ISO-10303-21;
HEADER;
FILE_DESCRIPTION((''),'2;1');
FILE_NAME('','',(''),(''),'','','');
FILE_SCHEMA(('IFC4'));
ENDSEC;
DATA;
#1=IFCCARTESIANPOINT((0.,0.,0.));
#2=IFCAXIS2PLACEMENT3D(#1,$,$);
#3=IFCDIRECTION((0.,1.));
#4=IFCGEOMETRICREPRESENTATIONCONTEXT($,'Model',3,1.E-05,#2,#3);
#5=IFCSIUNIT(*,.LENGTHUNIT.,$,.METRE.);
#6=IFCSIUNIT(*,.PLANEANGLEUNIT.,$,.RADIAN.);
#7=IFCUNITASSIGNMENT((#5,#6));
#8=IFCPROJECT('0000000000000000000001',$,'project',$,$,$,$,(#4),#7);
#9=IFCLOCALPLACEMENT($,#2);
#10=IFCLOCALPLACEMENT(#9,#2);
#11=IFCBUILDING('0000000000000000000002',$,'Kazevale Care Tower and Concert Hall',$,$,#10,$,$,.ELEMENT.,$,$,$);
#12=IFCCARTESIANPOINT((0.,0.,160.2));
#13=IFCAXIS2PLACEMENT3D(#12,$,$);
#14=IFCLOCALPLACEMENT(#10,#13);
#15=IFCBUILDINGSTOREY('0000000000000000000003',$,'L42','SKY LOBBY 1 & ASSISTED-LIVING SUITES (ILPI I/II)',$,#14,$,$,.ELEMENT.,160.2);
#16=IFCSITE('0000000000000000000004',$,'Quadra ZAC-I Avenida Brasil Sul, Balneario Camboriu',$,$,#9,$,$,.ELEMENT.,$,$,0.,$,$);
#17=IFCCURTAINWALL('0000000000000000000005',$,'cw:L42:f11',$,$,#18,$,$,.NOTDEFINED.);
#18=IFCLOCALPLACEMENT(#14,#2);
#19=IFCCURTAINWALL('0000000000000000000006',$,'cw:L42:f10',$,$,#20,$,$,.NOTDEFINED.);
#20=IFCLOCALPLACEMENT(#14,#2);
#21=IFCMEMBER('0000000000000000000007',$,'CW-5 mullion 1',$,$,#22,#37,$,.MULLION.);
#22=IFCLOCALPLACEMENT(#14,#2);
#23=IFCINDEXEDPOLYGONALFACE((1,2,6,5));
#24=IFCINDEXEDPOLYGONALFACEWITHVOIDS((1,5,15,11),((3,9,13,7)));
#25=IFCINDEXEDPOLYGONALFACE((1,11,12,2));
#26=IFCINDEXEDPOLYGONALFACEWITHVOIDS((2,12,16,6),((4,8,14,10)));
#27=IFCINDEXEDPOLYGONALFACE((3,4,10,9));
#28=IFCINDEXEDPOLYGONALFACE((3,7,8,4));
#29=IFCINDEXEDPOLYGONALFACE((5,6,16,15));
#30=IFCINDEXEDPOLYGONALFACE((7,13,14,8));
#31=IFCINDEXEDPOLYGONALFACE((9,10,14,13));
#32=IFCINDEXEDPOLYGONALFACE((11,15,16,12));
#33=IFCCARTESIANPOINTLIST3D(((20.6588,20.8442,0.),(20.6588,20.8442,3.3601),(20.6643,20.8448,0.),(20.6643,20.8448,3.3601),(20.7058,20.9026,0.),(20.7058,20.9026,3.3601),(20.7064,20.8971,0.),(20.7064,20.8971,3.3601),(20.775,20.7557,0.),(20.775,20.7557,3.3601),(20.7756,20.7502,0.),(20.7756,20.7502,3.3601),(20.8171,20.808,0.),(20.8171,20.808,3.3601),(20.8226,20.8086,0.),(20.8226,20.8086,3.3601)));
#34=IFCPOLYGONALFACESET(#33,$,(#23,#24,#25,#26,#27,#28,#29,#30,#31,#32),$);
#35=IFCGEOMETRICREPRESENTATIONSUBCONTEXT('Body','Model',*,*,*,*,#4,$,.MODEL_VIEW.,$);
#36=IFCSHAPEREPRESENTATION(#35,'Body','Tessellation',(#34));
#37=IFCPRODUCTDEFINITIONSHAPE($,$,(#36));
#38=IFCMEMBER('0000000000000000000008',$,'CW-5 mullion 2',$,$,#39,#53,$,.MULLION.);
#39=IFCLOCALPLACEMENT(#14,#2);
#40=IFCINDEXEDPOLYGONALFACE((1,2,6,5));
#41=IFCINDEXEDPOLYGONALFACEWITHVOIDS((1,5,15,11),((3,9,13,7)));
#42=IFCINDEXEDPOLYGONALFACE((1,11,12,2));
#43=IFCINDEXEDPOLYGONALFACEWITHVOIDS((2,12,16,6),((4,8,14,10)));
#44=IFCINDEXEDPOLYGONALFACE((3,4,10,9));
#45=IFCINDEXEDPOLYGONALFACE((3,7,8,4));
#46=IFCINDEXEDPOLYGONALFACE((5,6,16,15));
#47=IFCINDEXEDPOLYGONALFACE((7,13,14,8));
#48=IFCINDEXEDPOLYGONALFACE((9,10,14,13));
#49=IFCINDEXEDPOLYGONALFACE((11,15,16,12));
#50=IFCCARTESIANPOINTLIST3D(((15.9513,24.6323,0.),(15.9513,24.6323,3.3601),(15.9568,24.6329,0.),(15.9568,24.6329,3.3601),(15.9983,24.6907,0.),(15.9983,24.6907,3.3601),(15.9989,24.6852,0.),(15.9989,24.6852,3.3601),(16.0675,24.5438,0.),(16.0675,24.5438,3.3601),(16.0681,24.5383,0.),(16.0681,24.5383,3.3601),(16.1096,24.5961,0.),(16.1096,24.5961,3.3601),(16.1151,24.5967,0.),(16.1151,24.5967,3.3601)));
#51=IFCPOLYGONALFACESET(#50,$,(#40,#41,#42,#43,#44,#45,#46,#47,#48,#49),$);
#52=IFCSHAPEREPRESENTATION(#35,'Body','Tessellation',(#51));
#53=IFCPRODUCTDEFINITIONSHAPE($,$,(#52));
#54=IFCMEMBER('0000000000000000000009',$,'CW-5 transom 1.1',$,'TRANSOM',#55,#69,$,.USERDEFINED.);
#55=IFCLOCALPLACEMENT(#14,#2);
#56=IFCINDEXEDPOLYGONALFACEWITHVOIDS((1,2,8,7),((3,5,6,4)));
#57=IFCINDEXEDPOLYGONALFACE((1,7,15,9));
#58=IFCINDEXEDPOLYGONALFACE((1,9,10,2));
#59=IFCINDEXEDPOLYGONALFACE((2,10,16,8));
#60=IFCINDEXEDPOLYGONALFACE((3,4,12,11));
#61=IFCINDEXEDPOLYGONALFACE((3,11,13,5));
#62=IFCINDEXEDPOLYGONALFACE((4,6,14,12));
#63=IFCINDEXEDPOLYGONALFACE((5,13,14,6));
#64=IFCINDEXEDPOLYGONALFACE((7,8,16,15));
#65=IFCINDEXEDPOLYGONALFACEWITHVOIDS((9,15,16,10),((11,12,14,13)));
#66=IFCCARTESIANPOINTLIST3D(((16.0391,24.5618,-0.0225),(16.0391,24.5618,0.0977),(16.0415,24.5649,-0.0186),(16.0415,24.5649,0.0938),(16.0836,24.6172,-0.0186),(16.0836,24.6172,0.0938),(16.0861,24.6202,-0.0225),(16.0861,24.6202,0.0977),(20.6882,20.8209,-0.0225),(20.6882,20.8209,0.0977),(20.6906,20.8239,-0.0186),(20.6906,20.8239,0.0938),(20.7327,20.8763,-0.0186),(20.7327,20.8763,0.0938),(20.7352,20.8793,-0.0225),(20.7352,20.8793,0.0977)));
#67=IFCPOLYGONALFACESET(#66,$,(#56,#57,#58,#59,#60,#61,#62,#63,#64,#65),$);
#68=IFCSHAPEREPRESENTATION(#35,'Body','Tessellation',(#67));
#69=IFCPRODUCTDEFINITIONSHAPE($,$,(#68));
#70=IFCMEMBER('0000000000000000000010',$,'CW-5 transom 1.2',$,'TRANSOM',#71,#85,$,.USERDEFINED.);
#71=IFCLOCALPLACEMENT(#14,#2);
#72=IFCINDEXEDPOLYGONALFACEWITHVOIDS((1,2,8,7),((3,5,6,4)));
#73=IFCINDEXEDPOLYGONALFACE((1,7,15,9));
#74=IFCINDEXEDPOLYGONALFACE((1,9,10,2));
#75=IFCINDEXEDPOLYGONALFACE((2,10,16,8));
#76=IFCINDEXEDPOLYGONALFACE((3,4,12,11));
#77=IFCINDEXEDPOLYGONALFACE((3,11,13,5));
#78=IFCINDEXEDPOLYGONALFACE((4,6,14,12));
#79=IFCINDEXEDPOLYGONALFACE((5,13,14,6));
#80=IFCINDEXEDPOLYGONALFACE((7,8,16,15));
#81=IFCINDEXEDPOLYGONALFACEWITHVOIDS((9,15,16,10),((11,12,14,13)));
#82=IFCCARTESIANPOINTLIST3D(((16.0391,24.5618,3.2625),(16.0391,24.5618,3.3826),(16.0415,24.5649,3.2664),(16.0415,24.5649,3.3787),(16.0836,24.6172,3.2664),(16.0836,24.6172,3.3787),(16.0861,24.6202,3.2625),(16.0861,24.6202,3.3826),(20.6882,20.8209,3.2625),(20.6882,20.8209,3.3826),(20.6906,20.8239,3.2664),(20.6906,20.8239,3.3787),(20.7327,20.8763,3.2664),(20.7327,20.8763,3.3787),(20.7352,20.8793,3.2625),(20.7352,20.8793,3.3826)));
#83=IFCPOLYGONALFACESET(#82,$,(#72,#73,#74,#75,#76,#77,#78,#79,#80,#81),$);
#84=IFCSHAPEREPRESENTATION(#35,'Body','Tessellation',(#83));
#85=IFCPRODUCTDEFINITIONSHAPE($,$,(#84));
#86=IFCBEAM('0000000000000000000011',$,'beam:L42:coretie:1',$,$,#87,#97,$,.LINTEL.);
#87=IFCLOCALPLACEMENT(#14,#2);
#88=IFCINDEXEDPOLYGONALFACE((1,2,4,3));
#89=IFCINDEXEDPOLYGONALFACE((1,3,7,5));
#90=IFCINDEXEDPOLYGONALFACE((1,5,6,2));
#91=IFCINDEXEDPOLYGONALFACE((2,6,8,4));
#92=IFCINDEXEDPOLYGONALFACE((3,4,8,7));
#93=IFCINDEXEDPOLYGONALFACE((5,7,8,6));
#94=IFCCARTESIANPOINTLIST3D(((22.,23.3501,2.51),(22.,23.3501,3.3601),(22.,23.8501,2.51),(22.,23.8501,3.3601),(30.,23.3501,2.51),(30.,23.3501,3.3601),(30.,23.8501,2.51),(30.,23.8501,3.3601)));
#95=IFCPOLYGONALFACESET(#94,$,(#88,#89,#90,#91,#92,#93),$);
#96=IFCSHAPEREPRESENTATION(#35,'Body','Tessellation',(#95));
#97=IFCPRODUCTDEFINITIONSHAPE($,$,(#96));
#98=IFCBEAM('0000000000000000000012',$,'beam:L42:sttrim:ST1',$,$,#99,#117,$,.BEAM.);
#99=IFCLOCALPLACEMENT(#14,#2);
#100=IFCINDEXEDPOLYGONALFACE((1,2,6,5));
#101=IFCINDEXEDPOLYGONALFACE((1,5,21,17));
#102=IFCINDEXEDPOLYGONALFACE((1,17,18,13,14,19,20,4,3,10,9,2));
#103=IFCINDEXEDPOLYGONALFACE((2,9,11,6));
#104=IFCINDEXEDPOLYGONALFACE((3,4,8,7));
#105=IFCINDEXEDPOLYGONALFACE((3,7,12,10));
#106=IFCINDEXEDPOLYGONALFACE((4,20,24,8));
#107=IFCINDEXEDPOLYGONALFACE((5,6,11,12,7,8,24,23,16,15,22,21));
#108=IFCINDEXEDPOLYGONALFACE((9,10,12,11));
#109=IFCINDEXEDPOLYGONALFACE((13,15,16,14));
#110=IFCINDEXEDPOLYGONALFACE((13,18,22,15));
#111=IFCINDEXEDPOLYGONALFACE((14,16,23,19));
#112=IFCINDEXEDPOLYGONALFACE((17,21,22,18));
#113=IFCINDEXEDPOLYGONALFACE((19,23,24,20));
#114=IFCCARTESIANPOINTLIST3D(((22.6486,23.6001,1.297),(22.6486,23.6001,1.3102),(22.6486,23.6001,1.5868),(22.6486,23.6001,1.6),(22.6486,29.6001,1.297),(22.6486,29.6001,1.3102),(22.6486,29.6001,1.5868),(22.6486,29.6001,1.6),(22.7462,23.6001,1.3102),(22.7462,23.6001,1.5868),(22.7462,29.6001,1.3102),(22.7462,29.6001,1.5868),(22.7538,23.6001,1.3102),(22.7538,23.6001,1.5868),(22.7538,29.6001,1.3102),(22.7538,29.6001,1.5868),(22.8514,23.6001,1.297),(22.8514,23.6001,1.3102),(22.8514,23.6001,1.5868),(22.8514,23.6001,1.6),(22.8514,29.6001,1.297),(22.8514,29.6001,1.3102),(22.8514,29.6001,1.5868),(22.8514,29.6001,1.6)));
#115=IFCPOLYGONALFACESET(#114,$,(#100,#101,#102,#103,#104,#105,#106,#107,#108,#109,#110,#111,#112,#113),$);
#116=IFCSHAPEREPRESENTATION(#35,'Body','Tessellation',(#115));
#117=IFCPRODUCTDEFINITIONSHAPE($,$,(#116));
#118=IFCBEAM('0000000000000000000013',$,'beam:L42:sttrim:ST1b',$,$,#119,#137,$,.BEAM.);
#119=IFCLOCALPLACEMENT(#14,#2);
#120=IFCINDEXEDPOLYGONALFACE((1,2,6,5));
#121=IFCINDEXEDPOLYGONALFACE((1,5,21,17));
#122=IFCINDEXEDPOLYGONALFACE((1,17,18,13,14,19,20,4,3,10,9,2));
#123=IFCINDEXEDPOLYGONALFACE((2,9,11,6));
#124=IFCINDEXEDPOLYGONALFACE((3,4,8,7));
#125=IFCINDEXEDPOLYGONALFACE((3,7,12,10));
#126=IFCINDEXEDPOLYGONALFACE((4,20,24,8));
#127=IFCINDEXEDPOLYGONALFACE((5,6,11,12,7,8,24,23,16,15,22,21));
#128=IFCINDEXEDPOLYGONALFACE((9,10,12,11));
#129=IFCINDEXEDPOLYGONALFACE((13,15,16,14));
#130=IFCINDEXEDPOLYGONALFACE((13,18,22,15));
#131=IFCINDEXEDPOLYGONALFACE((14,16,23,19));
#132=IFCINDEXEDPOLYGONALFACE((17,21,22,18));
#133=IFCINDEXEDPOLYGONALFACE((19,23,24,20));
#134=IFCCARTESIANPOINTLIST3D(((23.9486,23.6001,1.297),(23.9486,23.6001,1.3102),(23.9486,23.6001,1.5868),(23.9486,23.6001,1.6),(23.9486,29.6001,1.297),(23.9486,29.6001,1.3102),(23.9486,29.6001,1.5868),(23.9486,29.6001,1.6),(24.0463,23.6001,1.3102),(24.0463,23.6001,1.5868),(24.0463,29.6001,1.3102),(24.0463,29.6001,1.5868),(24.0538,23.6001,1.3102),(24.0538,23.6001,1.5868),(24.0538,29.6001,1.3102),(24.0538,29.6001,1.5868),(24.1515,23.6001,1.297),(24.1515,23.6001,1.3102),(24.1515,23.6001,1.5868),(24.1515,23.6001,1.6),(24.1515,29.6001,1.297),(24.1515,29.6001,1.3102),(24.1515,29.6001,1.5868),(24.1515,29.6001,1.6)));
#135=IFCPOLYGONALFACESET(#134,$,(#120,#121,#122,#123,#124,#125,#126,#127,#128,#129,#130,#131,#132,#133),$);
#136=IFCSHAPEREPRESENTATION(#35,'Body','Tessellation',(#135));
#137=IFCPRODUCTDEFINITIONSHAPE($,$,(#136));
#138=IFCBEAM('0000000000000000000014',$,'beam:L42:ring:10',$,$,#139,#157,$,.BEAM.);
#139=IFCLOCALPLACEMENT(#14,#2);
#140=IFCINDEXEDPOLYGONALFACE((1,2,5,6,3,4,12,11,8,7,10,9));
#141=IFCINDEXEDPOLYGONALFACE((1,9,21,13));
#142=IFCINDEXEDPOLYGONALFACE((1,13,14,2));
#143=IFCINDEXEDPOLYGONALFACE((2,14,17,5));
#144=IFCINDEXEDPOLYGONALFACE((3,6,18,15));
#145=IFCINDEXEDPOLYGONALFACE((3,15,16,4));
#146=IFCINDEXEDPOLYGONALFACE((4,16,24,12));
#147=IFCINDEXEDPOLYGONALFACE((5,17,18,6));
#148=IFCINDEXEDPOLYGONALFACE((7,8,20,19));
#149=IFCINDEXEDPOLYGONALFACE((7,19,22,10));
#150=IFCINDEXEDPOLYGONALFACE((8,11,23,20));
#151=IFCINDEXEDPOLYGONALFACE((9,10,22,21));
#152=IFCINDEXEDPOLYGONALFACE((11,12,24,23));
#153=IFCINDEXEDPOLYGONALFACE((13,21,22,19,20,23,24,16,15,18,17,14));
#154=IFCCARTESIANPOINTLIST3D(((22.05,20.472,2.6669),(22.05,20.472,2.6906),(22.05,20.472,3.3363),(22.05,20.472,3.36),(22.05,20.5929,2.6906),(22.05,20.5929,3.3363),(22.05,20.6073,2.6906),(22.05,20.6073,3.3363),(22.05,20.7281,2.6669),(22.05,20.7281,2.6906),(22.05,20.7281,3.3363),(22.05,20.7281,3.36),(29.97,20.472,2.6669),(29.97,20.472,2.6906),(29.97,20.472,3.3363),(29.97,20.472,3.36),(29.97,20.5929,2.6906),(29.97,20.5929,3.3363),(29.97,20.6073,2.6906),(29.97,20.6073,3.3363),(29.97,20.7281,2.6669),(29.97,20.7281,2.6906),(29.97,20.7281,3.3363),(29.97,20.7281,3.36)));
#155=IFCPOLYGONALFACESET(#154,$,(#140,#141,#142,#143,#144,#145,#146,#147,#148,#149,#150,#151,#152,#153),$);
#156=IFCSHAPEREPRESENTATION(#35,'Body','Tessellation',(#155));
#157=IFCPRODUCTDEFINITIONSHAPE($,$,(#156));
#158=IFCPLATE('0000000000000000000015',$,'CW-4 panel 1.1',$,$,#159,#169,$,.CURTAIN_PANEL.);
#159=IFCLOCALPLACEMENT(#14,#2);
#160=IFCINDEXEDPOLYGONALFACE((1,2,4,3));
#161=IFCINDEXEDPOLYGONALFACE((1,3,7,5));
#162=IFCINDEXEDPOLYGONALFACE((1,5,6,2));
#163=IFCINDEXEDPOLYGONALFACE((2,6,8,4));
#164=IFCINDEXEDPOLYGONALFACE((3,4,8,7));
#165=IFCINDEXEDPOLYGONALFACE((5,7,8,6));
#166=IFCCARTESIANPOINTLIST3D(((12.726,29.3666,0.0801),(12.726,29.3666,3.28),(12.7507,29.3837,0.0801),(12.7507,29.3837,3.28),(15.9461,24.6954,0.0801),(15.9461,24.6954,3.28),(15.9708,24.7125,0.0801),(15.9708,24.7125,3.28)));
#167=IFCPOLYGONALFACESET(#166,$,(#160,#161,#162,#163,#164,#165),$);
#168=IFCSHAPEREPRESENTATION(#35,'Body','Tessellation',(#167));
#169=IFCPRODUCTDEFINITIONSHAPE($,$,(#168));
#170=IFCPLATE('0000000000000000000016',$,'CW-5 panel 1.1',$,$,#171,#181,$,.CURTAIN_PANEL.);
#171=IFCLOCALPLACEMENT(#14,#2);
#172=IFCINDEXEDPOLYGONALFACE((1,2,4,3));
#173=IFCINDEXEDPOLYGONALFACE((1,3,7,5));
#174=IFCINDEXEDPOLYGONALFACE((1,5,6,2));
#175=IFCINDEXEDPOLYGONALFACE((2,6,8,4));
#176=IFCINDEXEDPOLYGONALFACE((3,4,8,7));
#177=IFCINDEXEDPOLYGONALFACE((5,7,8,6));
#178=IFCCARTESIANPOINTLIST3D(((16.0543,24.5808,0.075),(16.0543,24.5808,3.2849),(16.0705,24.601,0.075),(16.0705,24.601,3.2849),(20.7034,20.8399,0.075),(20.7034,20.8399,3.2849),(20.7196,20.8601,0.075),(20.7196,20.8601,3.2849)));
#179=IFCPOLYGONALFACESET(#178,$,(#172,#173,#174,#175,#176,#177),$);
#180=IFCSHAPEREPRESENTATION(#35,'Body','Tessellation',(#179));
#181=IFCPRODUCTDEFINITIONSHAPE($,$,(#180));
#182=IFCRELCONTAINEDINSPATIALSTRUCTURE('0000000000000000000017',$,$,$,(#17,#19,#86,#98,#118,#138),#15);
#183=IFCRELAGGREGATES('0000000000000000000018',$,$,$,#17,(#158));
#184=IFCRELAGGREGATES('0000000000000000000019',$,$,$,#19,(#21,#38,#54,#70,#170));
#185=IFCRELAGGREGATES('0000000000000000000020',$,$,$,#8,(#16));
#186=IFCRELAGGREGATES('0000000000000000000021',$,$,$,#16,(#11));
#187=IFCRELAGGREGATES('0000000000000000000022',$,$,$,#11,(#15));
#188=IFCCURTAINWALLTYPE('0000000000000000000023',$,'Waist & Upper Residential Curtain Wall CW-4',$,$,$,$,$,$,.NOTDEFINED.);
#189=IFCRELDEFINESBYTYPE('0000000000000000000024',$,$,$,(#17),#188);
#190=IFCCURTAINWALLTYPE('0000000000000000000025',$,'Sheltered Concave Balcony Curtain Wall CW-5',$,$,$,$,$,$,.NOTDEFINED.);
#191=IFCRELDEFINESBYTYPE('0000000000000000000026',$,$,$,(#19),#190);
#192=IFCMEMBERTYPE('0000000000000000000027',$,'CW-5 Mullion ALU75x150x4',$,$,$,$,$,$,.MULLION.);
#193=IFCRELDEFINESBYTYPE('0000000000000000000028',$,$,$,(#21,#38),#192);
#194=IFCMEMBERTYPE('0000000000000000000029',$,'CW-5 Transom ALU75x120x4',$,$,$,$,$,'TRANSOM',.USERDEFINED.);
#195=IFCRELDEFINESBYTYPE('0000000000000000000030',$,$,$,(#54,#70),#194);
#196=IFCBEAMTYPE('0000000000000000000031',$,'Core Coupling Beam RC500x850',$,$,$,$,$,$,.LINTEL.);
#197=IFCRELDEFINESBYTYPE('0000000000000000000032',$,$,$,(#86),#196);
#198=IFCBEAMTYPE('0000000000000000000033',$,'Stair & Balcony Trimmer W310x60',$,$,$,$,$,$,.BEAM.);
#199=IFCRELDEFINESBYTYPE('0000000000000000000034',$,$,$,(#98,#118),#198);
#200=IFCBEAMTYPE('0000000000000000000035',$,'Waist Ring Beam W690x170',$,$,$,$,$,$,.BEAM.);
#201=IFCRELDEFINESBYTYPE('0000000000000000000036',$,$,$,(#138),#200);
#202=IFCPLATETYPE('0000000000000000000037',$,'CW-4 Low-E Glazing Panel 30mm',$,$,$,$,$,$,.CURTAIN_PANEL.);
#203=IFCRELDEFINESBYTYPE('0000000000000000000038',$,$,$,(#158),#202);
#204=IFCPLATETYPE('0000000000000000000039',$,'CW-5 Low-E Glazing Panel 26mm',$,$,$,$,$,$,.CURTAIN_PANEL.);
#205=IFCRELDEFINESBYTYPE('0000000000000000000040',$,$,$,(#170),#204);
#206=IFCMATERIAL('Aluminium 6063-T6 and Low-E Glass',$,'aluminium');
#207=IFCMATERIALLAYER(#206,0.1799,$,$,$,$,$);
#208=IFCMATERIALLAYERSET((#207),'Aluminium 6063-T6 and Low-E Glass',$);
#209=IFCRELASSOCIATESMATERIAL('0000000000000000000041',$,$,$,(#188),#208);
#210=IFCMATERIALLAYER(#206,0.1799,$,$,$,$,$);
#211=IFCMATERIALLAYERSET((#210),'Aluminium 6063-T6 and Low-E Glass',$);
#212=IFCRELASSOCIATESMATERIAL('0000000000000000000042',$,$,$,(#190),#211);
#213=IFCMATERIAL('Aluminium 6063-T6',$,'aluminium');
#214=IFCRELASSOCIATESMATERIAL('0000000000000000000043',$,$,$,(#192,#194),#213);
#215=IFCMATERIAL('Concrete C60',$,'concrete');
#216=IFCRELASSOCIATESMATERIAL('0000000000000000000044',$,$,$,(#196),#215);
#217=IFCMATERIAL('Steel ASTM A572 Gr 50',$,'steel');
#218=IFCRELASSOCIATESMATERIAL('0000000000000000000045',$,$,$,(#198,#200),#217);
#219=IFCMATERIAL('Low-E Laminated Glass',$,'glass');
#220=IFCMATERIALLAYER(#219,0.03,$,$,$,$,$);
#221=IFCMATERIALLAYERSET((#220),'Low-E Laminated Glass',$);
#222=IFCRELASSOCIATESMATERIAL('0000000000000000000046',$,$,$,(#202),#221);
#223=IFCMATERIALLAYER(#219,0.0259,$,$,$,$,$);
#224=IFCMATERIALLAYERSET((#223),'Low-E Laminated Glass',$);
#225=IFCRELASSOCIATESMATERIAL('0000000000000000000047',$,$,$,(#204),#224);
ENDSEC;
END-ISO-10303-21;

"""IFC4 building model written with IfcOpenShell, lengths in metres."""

from ifc_helpers import new_model, si_unit, direction, frame, origin, origin_2d, place, context, subcontext, project, spatial, rectangle, hollow_rectangle, i_section, extrude, material, layer, layer_set, material_profile, profile_set, type_object, element, aggregate, save


model = new_model("IFC4")

# Units and contexts
model_context = context("Model", 3, precision=1e-05, world=origin(), true_north=direction((0.0, 1.0)))
body_context = subcontext(model_context, "Body", "Model", "MODEL_VIEW")
ifc_project = project(units=[si_unit("LENGTHUNIT", "METRE"), si_unit("PLANEANGLEUNIT", "RADIAN")], contexts=[model_context])

# Site, building, storey
site_placement = place(None, origin())
site = spatial("IfcSite", under=ifc_project, at=site_placement, Name="Quadra ZAC-I Avenida Brasil Sul, Balneario Camboriu", CompositionType="ELEMENT", RefElevation=0.0)
building_placement = place(site_placement, origin())
building = spatial("IfcBuilding", under=site, at=building_placement, Name="Kazevale Care Tower and Concert Hall", CompositionType="ELEMENT")
storey_placement = place(building_placement, frame((0.0, 0.0, 160.2)))
storey = spatial("IfcBuildingStorey", under=building, at=storey_placement, Name="L42", Description="SKY LOBBY 1 & ASSISTED-LIVING SUITES (ILPI I/II)", CompositionType="ELEMENT", Elevation=160.2)

# Shared definitions
ifc_material_1 = material(Name="Concrete C60", Category="concrete")

# Curtain wall
ifc_material_2 = material(Name="Aluminium 6063-T6 and Low-E Glass", Category="aluminium")
ifc_layer_1 = layer(ifc_material_2, 0.1799)
ifc_layer_set_1 = layer_set([ifc_layer_1], Name="Aluminium 6063-T6 and Low-E Glass")
curtain_wall_type_1 = type_object("IfcCurtainWallType", Name="Waist & Upper Residential Curtain Wall CW-4", PredefinedType="NOTDEFINED", material=ifc_layer_set_1)
curtain_wall_1_placement = place(storey_placement, origin())
curtain_wall_1 = element("IfcCurtainWall", 1, at=curtain_wall_1_placement, inside=storey, type_object=curtain_wall_type_1, Name="cw:L42:f11", PredefinedType="NOTDEFINED")
ifc_material_3 = material(Name="Aluminium 6063-T6", Category="aluminium")

# Curtain wall, members
ifc_layer_2 = layer(ifc_material_2, 0.1799)
ifc_layer_set_2 = layer_set([ifc_layer_2], Name="Aluminium 6063-T6 and Low-E Glass")
curtain_wall_type_2 = type_object("IfcCurtainWallType", Name="Sheltered Concave Balcony Curtain Wall CW-5", PredefinedType="NOTDEFINED", material=ifc_layer_set_2)
curtain_wall_2_placement = place(storey_placement, origin())
curtain_wall_2 = element("IfcCurtainWall", 2, at=curtain_wall_2_placement, inside=storey, type_object=curtain_wall_type_2, Name="cw:L42:f10", PredefinedType="NOTDEFINED")
ifc_material_profile_1 = material_profile(ifc_material_3, hollow_rectangle(XDim=0.075, YDim=0.1499, WallThickness=0.0039, at=origin_2d()), Name="ALU75x150x4")
ifc_profile_set_1 = profile_set([ifc_material_profile_1], Name="Aluminium 6063-T6")
member_type_1 = type_object("IfcMemberType", Name="CW-5 Mullion ALU75x150x4", PredefinedType="MULLION", material=ifc_profile_set_1)
member_1_placement = place(storey_placement, frame((20.7407, 20.8264, 0.0), z_axis=(0.0, 0.0, 1.0), x_axis=(-0.626905, -0.779095, 0.0)))
member_1 = element("IfcMember", 3, at=member_1_placement, type_object=member_type_1, Name="CW-5 mullion 1", PredefinedType="MULLION", context=body_context, shape_type="SweptSolid", body=[
    extrude(hollow_rectangle(XDim=0.075, YDim=0.1499, WallThickness=0.0039, at=origin_2d()), origin(), (0.0, 0.0, 1.0), 3.3601),
])
member_2_placement = place(storey_placement, frame((16.0332, 24.6145, 0.0), z_axis=(0.0, 0.0, 1.0), x_axis=(-0.626905, -0.779095, 0.0)))
member_2 = element("IfcMember", 4, at=member_2_placement, type_object=member_type_1, Name="CW-5 mullion 2", PredefinedType="MULLION", context=body_context, shape_type="SweptSolid", body=[
    extrude(hollow_rectangle(XDim=0.075, YDim=0.1499, WallThickness=0.0039, at=origin_2d()), origin(), (0.0, 0.0, 1.0), 3.3601),
])
ifc_material_profile_2 = material_profile(ifc_material_3, hollow_rectangle(XDim=0.075, YDim=0.1201, WallThickness=0.0039, at=origin_2d()), Name="ALU75x120x4")
ifc_profile_set_2 = profile_set([ifc_material_profile_2], Name="Aluminium 6063-T6")
member_type_2 = type_object("IfcMemberType", Name="CW-5 Transom ALU75x120x4", ElementType="TRANSOM", PredefinedType="USERDEFINED", material=ifc_profile_set_2)
member_3_placement = place(storey_placement, frame((20.7117, 20.8501, 0.0376), z_axis=(-0.779097, 0.626903, 0.0), x_axis=(-0.626903, -0.779097, 0.0)))
member_3 = element("IfcMember", 5, at=member_3_placement, type_object=member_type_2, Name="CW-5 transom 1.1", ObjectType="TRANSOM", PredefinedType="USERDEFINED", context=body_context, shape_type="SweptSolid", body=[
    extrude(hollow_rectangle(XDim=0.075, YDim=0.1201, WallThickness=0.0039, at=origin_2d()), origin(), (0.0, 0.0, 1.0), 5.9673),
])
member_4_placement = place(storey_placement, frame((20.7117, 20.8501, 3.3225), z_axis=(-0.779097, 0.626903, 0.0), x_axis=(-0.626903, -0.779097, 0.0)))
member_4 = element("IfcMember", 6, at=member_4_placement, type_object=member_type_2, Name="CW-5 transom 1.2", ObjectType="TRANSOM", PredefinedType="USERDEFINED", context=body_context, shape_type="SweptSolid", body=[
    extrude(hollow_rectangle(XDim=0.075, YDim=0.1201, WallThickness=0.0039, at=origin_2d()), origin(), (0.0, 0.0, 1.0), 5.9673),
])

# Beams
ifc_material_profile_3 = material_profile(ifc_material_1, rectangle(XDim=0.5, YDim=0.8501, at=origin_2d()), Name="RC-B500x850")
ifc_profile_set_3 = profile_set([ifc_material_profile_3], Name="Concrete C60")
beam_type_1 = type_object("IfcBeamType", Name="Core Coupling Beam RC500x850", PredefinedType="LINTEL", material=ifc_profile_set_3)
beam_1_placement = place(storey_placement, frame((22.0, 23.6001, 2.9351), z_axis=(1.0, 0.0, 0.0), x_axis=(0.0, 1.0, 0.0)))
element("IfcBeam", 7, at=beam_1_placement, inside=storey, type_object=beam_type_1, Name="beam:L42:coretie:1", PredefinedType="LINTEL", context=body_context, shape_type="SweptSolid", body=[
    extrude(rectangle(XDim=0.5, YDim=0.8501, at=origin_2d()), origin(), (0.0, 0.0, 1.0), 8.0),
])
ifc_material_4 = material(Name="Steel ASTM A572 Gr 50", Category="steel")
ifc_material_profile_4 = material_profile(ifc_material_4, i_section(OverallWidth=0.2029, OverallDepth=0.303, WebThickness=0.0076, FlangeThickness=0.0132, at=origin_2d()), Name="W310x60")
ifc_profile_set_4 = profile_set([ifc_material_profile_4], Name="Steel ASTM A572 Gr 50")
beam_type_2 = type_object("IfcBeamType", Name="Stair & Balcony Trimmer W310x60", PredefinedType="BEAM", material=ifc_profile_set_4)
for number, where, z_axis, x_axis, name in (
    (8, (22.75, 23.6001, 1.4485), (0.0, 1.0, 0.0), (-1.0, 0.0, 0.0), "beam:L42:sttrim:ST1"),
    (9, (24.05, 23.6001, 1.4485), (0.0, 1.0, 0.0), (-1.0, 0.0, 0.0), "beam:L42:sttrim:ST1b"),
):
    element("IfcBeam", number, at=place(storey_placement, frame(where, z_axis=z_axis, x_axis=x_axis)), inside=storey, type_object=beam_type_2, Name=name, PredefinedType="BEAM", context=body_context, shape_type="SweptSolid", body=[
        extrude(i_section(OverallWidth=0.2029, OverallDepth=0.303, WebThickness=0.0076, FlangeThickness=0.0132, at=origin_2d()), origin(), (0.0, 0.0, 1.0), 6.0),
    ])
ifc_material_profile_5 = material_profile(ifc_material_4, i_section(OverallWidth=0.2561, OverallDepth=0.6931, WebThickness=0.0144, FlangeThickness=0.0237, at=origin_2d()), Name="W690x170")
ifc_profile_set_5 = profile_set([ifc_material_profile_5], Name="Steel ASTM A572 Gr 50")
beam_type_3 = type_object("IfcBeamType", Name="Waist Ring Beam W690x170", PredefinedType="BEAM", material=ifc_profile_set_5)
beam_2_placement = place(storey_placement, frame((22.05, 20.6001, 3.0134), z_axis=(1.0, 0.0, 0.0), x_axis=(0.0, 1.0, 0.0)))
element("IfcBeam", 10, at=beam_2_placement, inside=storey, type_object=beam_type_3, Name="beam:L42:ring:10", PredefinedType="BEAM", context=body_context, shape_type="SweptSolid", body=[
    extrude(i_section(OverallWidth=0.2561, OverallDepth=0.6931, WebThickness=0.0144, FlangeThickness=0.0237, at=origin_2d()), origin(), (0.0, 0.0, 1.0), 7.9199),
])

# Plates
ifc_material_5 = material(Name="Low-E Laminated Glass", Category="glass")
ifc_layer_3 = layer(ifc_material_5, 0.03)
ifc_layer_set_3 = layer_set([ifc_layer_3], Name="Low-E Laminated Glass")
plate_type_1 = type_object("IfcPlateType", Name="CW-4 Low-E Glazing Panel 30mm", PredefinedType="CURTAIN_PANEL", material=ifc_layer_set_3)
plate_1_placement = place(storey_placement, frame((14.3484, 27.0396, 0.0801), z_axis=(0.0, 0.0, 1.0), x_axis=(-0.567569, 0.823326, 0.0)))
plate_1 = element("IfcPlate", 11, at=plate_1_placement, type_object=plate_type_1, Name="CW-4 panel 1.1", PredefinedType="CURTAIN_PANEL", context=body_context, shape_type="SweptSolid", body=[
    extrude(rectangle(XDim=5.6736, YDim=0.03, at=origin_2d()), origin(), (0.0, 0.0, 1.0), 3.2),
])
aggregate(curtain_wall_1, [plate_1])
ifc_layer_4 = layer(ifc_material_5, 0.0259)
ifc_layer_set_4 = layer_set([ifc_layer_4], Name="Low-E Laminated Glass")
plate_type_2 = type_object("IfcPlateType", Name="CW-5 Low-E Glazing Panel 26mm", PredefinedType="CURTAIN_PANEL", material=ifc_layer_set_4)
plate_2_placement = place(storey_placement, frame((18.387, 22.7205, 0.075), z_axis=(0.0, 0.0, 1.0), x_axis=(-0.779095, 0.626905, 0.0)))
plate_2 = element("IfcPlate", 12, at=plate_2_placement, type_object=plate_type_2, Name="CW-5 panel 1.1", PredefinedType="CURTAIN_PANEL", context=body_context, shape_type="SweptSolid", body=[
    extrude(rectangle(XDim=5.9673, YDim=0.0259, at=origin_2d()), origin(), (0.0, 0.0, 1.0), 3.21),
])
aggregate(curtain_wall_2, [member_1, member_2, member_3, member_4, plate_2])

save(model, "model.ifc")
